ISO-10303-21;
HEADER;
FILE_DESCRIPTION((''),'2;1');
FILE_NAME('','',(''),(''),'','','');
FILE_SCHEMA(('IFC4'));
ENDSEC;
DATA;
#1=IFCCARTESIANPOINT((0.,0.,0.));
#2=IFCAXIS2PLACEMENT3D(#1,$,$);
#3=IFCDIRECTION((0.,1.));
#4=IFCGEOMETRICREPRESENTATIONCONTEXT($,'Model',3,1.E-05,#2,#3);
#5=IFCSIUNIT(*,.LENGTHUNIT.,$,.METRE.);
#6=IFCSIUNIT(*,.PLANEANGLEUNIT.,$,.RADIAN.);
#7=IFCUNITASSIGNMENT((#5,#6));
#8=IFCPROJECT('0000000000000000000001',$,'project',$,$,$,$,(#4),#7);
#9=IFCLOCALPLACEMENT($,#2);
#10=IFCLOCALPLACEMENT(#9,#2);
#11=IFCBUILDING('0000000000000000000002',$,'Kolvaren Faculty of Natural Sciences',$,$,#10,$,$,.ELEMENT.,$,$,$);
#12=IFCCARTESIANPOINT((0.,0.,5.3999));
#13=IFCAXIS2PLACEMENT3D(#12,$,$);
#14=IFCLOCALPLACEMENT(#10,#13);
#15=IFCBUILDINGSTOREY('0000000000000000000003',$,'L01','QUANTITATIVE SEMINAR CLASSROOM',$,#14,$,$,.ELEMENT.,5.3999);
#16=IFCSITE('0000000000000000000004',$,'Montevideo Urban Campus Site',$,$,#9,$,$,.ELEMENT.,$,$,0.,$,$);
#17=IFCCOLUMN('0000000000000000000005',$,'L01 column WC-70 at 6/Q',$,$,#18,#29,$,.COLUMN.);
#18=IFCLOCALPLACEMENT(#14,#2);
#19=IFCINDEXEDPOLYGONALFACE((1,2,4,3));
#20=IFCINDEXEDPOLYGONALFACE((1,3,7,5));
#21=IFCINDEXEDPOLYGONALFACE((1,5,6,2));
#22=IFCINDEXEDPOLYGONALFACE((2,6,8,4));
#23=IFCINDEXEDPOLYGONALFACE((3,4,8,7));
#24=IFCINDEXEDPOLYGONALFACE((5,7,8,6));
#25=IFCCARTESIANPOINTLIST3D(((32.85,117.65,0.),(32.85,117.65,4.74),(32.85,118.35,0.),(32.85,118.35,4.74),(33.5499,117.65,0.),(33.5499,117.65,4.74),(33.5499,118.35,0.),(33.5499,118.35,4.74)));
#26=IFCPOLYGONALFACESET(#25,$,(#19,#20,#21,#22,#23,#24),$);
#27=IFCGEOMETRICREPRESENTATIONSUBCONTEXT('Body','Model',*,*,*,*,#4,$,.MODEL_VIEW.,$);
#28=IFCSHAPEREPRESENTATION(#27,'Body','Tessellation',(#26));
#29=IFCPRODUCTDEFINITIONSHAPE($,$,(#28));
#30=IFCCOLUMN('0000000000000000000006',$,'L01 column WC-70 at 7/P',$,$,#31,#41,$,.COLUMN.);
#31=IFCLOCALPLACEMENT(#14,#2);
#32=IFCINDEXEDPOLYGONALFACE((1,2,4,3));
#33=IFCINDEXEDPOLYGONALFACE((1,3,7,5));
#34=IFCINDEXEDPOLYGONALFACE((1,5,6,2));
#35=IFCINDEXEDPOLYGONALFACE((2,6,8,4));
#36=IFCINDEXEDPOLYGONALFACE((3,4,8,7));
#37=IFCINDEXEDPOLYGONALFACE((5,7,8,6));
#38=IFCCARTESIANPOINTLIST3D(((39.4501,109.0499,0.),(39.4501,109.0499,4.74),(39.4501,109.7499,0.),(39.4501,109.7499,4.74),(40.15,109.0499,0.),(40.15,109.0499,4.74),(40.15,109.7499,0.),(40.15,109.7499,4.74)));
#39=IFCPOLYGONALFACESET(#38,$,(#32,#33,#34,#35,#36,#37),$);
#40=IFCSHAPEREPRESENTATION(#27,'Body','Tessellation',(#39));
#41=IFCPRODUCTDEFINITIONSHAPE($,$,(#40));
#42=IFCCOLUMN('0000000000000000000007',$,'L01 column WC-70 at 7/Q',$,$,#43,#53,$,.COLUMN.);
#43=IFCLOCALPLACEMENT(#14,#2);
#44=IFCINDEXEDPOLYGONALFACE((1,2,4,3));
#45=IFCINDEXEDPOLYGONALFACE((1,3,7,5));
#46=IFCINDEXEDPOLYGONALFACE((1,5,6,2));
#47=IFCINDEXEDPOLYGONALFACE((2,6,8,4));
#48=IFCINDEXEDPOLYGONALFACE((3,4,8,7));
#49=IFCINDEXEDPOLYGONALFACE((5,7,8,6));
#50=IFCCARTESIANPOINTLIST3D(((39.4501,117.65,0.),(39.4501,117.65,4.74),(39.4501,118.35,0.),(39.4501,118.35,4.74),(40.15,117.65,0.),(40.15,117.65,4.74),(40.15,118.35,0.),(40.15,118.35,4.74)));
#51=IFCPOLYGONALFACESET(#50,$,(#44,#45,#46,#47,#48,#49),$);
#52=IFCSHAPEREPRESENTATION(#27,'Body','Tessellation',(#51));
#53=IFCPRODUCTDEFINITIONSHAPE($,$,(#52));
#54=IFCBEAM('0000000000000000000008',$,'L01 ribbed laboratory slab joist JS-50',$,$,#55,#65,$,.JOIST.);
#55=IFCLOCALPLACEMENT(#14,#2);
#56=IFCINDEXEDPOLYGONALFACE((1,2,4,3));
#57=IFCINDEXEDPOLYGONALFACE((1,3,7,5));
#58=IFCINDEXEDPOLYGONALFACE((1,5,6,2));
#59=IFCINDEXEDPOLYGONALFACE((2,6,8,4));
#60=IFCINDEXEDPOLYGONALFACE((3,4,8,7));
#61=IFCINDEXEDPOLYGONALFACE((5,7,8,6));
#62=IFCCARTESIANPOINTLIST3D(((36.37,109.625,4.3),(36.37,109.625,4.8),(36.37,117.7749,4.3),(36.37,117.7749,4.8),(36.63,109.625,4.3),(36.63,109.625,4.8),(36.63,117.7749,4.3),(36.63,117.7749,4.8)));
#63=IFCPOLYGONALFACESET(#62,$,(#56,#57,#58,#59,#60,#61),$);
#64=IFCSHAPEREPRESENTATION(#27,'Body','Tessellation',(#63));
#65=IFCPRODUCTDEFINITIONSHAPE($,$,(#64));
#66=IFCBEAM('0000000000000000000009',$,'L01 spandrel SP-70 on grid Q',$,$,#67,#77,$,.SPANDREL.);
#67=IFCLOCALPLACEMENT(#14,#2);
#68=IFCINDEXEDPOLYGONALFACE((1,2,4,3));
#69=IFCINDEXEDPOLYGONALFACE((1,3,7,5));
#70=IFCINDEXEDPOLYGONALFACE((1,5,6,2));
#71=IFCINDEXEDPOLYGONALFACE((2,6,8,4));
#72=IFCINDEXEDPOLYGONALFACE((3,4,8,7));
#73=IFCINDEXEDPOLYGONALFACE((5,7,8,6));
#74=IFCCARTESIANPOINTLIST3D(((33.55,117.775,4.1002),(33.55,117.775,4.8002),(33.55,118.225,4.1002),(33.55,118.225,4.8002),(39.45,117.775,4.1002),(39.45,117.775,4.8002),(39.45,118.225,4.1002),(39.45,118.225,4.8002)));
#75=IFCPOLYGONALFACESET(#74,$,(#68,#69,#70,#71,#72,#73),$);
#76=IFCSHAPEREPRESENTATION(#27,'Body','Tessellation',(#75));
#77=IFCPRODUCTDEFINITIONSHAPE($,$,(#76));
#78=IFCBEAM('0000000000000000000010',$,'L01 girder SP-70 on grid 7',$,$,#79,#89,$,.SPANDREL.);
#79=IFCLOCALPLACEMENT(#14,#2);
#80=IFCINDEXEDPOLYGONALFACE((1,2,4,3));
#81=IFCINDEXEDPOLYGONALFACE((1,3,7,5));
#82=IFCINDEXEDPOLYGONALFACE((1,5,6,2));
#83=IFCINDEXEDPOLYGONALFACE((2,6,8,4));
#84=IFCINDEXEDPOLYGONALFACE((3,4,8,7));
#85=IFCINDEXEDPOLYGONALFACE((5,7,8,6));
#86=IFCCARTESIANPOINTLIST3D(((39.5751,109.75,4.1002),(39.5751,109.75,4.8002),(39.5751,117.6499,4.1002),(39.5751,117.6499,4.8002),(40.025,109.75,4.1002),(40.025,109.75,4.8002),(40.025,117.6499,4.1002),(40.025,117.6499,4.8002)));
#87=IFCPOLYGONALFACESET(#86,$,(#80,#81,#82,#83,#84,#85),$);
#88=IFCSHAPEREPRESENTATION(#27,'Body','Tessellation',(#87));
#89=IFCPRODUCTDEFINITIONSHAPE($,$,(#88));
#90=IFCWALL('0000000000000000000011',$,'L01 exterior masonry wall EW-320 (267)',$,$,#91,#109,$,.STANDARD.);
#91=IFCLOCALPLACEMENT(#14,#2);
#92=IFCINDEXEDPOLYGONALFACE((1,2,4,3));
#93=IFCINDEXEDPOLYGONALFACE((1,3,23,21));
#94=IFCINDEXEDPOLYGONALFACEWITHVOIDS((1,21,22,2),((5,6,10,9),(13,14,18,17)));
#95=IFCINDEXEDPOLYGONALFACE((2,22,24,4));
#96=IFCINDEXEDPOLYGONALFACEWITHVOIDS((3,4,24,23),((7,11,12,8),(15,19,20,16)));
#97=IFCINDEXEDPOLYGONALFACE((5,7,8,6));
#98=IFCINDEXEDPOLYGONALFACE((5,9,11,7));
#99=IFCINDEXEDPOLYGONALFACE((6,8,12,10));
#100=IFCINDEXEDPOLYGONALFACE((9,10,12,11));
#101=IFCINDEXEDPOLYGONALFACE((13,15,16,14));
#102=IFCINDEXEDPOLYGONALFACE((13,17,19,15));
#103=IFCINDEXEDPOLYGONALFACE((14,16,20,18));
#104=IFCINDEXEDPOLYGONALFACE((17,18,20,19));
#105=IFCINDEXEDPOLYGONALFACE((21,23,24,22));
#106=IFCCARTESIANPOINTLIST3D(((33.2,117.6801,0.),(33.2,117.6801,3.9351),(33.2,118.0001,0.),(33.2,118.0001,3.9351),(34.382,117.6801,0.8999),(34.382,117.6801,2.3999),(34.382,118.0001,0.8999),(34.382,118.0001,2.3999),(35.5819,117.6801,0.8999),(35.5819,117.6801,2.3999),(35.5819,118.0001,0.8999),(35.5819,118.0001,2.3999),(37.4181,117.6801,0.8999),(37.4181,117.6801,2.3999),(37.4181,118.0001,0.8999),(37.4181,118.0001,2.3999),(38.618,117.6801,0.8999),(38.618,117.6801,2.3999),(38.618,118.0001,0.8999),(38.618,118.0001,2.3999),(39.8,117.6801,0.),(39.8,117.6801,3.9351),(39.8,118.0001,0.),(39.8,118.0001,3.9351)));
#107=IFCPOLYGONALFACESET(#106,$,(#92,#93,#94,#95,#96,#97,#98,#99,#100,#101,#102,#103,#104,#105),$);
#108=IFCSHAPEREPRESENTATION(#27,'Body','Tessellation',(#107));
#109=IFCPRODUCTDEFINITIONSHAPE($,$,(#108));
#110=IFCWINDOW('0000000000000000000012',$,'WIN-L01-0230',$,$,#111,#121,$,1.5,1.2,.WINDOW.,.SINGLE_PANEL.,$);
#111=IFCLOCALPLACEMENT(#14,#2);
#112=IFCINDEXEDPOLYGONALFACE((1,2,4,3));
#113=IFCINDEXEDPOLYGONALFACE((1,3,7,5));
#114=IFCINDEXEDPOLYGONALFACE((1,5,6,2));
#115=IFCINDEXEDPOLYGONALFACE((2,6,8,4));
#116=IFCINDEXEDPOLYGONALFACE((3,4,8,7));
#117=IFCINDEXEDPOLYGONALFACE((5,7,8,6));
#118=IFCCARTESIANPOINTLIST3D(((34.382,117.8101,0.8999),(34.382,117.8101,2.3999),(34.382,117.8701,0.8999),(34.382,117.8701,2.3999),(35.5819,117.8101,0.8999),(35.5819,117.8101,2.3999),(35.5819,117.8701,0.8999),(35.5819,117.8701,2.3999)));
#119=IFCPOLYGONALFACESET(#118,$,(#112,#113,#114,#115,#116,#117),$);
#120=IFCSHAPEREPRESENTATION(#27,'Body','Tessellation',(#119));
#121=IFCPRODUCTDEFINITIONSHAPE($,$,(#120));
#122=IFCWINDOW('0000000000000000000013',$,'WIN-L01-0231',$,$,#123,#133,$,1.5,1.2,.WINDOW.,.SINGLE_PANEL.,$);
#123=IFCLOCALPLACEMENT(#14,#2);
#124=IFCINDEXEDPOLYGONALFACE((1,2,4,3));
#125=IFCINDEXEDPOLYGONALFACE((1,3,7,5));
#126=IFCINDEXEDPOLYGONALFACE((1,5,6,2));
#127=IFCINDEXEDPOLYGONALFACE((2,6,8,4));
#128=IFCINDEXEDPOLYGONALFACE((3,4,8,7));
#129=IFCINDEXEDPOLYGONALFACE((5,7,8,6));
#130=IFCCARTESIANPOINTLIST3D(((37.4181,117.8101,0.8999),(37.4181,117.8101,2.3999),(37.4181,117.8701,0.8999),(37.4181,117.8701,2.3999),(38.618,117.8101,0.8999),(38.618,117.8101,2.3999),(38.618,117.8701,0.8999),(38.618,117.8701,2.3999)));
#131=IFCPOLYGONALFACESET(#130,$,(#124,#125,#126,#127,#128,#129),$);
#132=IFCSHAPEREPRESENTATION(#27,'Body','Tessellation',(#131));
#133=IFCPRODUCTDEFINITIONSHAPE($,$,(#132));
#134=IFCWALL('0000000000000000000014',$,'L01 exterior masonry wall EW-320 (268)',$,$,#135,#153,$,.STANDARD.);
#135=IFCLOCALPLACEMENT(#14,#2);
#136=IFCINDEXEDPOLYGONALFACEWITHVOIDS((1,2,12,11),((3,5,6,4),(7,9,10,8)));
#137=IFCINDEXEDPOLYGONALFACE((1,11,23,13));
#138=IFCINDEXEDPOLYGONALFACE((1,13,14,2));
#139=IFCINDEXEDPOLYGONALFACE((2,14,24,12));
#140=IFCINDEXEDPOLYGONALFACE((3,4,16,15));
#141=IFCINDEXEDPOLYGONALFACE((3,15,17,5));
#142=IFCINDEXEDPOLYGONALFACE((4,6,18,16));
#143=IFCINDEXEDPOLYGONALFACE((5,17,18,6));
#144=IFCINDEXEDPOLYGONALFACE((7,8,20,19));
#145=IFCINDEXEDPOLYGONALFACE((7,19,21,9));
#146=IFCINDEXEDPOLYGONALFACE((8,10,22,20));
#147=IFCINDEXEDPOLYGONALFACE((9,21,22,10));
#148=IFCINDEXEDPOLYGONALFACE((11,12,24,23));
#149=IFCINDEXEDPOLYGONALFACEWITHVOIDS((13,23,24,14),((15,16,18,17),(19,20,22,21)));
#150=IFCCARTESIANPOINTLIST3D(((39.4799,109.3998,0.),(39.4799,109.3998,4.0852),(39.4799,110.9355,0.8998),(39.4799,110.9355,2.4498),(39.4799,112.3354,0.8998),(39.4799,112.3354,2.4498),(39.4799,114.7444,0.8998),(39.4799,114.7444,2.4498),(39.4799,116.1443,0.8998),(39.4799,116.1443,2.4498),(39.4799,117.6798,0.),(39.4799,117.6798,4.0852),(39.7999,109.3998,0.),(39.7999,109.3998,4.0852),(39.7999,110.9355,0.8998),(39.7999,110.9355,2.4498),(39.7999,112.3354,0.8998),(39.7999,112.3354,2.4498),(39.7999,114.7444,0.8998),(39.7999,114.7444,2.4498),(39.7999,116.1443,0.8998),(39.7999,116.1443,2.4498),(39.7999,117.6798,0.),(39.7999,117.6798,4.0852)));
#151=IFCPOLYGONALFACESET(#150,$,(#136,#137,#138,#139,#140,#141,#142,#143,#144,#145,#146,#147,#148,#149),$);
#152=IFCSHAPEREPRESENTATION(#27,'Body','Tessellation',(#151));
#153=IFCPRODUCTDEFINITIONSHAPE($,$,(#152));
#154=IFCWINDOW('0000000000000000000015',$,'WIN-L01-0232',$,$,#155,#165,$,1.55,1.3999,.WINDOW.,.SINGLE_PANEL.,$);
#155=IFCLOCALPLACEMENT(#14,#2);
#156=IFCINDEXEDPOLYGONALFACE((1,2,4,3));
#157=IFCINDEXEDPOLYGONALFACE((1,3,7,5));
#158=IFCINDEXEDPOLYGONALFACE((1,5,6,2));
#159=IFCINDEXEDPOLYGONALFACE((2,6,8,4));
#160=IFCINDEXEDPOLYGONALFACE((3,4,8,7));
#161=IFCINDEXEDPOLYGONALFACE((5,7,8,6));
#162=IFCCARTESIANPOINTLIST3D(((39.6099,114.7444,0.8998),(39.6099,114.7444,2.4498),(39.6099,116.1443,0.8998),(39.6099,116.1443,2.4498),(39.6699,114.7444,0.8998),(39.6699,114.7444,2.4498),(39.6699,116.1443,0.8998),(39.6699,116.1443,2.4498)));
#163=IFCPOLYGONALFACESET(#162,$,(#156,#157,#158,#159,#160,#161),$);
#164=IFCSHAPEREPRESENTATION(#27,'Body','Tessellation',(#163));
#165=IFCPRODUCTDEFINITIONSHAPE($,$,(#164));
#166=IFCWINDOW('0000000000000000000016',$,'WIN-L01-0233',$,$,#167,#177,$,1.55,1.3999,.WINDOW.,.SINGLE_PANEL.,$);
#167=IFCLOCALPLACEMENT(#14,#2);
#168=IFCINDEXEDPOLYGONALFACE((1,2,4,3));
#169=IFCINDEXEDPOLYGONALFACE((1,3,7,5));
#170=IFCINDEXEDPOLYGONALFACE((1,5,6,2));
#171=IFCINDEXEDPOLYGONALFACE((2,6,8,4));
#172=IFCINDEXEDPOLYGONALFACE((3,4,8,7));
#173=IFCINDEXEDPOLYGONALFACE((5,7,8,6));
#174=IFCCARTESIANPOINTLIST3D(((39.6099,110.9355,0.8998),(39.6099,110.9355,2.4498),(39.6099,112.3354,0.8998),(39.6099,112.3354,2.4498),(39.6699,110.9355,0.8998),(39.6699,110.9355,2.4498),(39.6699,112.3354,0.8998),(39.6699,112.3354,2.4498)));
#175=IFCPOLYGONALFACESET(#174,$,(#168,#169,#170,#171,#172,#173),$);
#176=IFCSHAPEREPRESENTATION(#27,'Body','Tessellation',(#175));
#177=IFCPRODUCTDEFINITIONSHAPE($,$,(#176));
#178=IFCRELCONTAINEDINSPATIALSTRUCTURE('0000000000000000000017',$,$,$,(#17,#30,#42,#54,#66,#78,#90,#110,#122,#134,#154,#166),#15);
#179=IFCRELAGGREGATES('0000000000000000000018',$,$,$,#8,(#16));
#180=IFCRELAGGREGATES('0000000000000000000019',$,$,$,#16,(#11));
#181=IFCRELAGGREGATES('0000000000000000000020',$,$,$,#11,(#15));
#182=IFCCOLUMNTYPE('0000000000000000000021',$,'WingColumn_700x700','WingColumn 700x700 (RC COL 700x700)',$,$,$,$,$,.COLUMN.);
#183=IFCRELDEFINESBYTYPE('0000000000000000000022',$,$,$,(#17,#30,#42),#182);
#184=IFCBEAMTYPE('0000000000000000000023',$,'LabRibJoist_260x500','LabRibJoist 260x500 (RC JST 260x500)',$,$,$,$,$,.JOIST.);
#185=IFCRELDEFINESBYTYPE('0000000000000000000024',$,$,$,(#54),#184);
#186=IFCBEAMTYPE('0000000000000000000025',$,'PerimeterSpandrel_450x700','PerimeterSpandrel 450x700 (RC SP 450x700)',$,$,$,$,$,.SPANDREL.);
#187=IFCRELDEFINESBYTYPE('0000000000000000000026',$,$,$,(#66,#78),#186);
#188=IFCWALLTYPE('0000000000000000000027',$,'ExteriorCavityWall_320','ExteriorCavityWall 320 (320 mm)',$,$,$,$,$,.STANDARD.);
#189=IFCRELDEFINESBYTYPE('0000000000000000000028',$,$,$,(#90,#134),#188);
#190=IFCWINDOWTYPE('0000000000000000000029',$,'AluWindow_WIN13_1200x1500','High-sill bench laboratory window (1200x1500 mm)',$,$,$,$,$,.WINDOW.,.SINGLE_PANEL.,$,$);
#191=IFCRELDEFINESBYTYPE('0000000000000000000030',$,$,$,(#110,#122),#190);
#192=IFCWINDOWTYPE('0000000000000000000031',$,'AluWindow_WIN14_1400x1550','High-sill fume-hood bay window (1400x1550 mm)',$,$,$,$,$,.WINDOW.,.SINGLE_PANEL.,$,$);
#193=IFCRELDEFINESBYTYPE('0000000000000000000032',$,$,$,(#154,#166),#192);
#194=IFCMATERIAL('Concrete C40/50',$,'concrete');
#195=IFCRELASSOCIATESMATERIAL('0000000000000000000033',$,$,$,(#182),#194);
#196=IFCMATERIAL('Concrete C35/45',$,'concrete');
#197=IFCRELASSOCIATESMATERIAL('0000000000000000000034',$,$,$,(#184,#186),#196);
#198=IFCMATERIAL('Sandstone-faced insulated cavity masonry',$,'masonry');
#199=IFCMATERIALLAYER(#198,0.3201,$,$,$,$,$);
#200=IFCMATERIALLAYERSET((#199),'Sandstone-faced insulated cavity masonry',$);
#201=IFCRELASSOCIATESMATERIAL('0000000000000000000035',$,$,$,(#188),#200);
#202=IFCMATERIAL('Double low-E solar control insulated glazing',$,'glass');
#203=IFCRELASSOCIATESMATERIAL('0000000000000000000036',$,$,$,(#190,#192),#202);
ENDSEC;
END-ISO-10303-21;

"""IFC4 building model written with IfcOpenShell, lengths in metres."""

from ifc_helpers import new_model, si_unit, direction, frame, frame_2d, origin, origin_2d, place, context, subcontext, project, spatial, rectangle, extrude, material, layer, layer_set, material_profile, profile_set, type_object, element, fill, save


model = new_model("IFC4")

# Units and contexts
model_context = context("Model", 3, precision=1e-05, world=origin(), true_north=direction((0.0, 1.0)))
body_context = subcontext(model_context, "Body", "Model", "MODEL_VIEW")
ifc_project = project(units=[si_unit("LENGTHUNIT", "METRE"), si_unit("PLANEANGLEUNIT", "RADIAN")], contexts=[model_context])

# Site, building, storey
site_placement = place(None, origin())
site = spatial("IfcSite", under=ifc_project, at=site_placement, Name="Montevideo Urban Campus Site", CompositionType="ELEMENT", RefElevation=0.0)
building_placement = place(site_placement, origin())
building = spatial("IfcBuilding", under=site, at=building_placement, Name="Kolvaren Faculty of Natural Sciences", CompositionType="ELEMENT")
storey_placement = place(building_placement, frame((0.0, 0.0, 5.3999)))
storey = spatial("IfcBuildingStorey", under=building, at=storey_placement, Name="L01", Description="QUANTITATIVE SEMINAR CLASSROOM", CompositionType="ELEMENT", Elevation=5.3999)

# Columns
ifc_material_1 = material(Name="Concrete C40/50", Category="concrete")
ifc_material_profile_1 = material_profile(ifc_material_1, rectangle(XDim=0.7, YDim=0.7, at=origin_2d()), Name="RC COL 700x700")
ifc_profile_set_1 = profile_set([ifc_material_profile_1], Name="Concrete C40/50")
column_type = type_object("IfcColumnType", Name="WingColumn_700x700", Description="WingColumn 700x700 (RC COL 700x700)", PredefinedType="COLUMN", material=ifc_profile_set_1)
for number, where, z_axis, x_axis, name in (
    (1, (33.2, 118.0, 0.0), (0.0, 0.0, 1.0), (1.0, 0.0, 0.0), "L01 column WC-70 at 6/Q"),
    (2, (39.8, 109.3999, 0.0), (0.0, 0.0, 1.0), (1.0, 0.0, 0.0), "L01 column WC-70 at 7/P"),
    (3, (39.8, 118.0, 0.0), (0.0, 0.0, 1.0), (1.0, 0.0, 0.0), "L01 column WC-70 at 7/Q"),
):
    element("IfcColumn", number, at=place(storey_placement, frame(where, z_axis=z_axis, x_axis=x_axis)), inside=storey, type_object=column_type, Name=name, PredefinedType="COLUMN", context=body_context, shape_type="SweptSolid", body=[
        extrude(rectangle(XDim=0.7, YDim=0.7, at=origin_2d()), origin(), (0.0, 0.0, 1.0), 4.74),
    ])

# Beams
ifc_material_2 = material(Name="Concrete C35/45", Category="concrete")
ifc_material_profile_2 = material_profile(ifc_material_2, rectangle(XDim=0.26, YDim=0.5, at=origin_2d()), Name="RC JST 260x500")
ifc_profile_set_2 = profile_set([ifc_material_profile_2], Name="Concrete C35/45")
beam_type_1 = type_object("IfcBeamType", Name="LabRibJoist_260x500", Description="LabRibJoist 260x500 (RC JST 260x500)", PredefinedType="JOIST", material=ifc_profile_set_2)
beam_1_placement = place(storey_placement, frame((36.5, 109.625, 4.55), z_axis=(0.0, 1.0, 0.0), x_axis=(-1.0, 0.0, 0.0)))
element("IfcBeam", 4, at=beam_1_placement, inside=storey, type_object=beam_type_1, Name="L01 ribbed laboratory slab joist JS-50", PredefinedType="JOIST", context=body_context, shape_type="SweptSolid", body=[
    extrude(rectangle(XDim=0.26, YDim=0.5, at=origin_2d()), origin(), (0.0, 0.0, 1.0), 8.1499),
])
ifc_material_profile_3 = material_profile(ifc_material_2, rectangle(XDim=0.45, YDim=0.7, at=origin_2d()), Name="RC SP 450x700")
ifc_profile_set_3 = profile_set([ifc_material_profile_3], Name="Concrete C35/45")
beam_type_2 = type_object("IfcBeamType", Name="PerimeterSpandrel_450x700", Description="PerimeterSpandrel 450x700 (RC SP 450x700)", PredefinedType="SPANDREL", material=ifc_profile_set_3)
beam_2_placement = place(storey_placement, frame((33.55, 118.0, 4.4502), z_axis=(1.0, 0.0, 0.0), x_axis=(0.0, 1.0, 0.0)))
element("IfcBeam", 5, at=beam_2_placement, inside=storey, type_object=beam_type_2, Name="L01 spandrel SP-70 on grid Q", PredefinedType="SPANDREL", context=body_context, shape_type="SweptSolid", body=[
    extrude(rectangle(XDim=0.45, YDim=0.7, at=origin_2d()), origin(), (0.0, 0.0, 1.0), 5.8999),
])
beam_3_placement = place(storey_placement, frame((39.8, 109.75, 4.4502), z_axis=(0.0, 1.0, 0.0), x_axis=(-1.0, 0.0, 0.0)))
element("IfcBeam", 6, at=beam_3_placement, inside=storey, type_object=beam_type_2, Name="L01 girder SP-70 on grid 7", PredefinedType="SPANDREL", context=body_context, shape_type="SweptSolid", body=[
    extrude(rectangle(XDim=0.45, YDim=0.7, at=origin_2d()), origin(), (0.0, 0.0, 1.0), 7.8999),
])

# Walls, openings, windows
ifc_material_3 = material(Name="Sandstone-faced insulated cavity masonry", Category="masonry")
ifc_layer_1 = layer(ifc_material_3, 0.3201)
ifc_layer_set_1 = layer_set([ifc_layer_1], Name="Sandstone-faced insulated cavity masonry")
wall_type_1 = type_object("IfcWallType", Name="ExteriorCavityWall_320", Description="ExteriorCavityWall 320 (320 mm)", PredefinedType="STANDARD", material=ifc_layer_set_1)
wall_1_placement = place(storey_placement, frame((33.2, 117.8401, 0.0), z_axis=(0.0, 0.0, 1.0), x_axis=(1.0, 0.0, 0.0)))
wall_1 = element("IfcWall", 7, at=wall_1_placement, inside=storey, type_object=wall_type_1, Name="L01 exterior masonry wall EW-320 (267)", PredefinedType="STANDARD", context=body_context, shape_type="SweptSolid", body=[
    extrude(rectangle(XDim=6.6001, YDim=0.3201, at=frame_2d((3.3, 0.0))), origin(), (0.0, 0.0, 1.0), 3.9351),
])
opening_1_placement = place(wall_1_placement, frame((1.1819, 0.0, 0.8999)))
opening_1 = element("IfcOpeningElement", 8, at=opening_1_placement, cuts=wall_1, PredefinedType="OPENING", context=body_context, shape_type="SweptSolid", body=[
    extrude(rectangle(XDim=1.2, YDim=1.5, at=frame_2d((0.6001, 0.75))), frame((0.0, 0.1699, 0.0), z_axis=(0.0, -1.0, 0.0), x_axis=(1.0, 0.0, 0.0)), (0.0, 0.0, 1.0), 0.3401),
])
opening_2_placement = place(wall_1_placement, frame((4.218, 0.0, 0.8999)))
opening_2 = element("IfcOpeningElement", 9, at=opening_2_placement, cuts=wall_1, PredefinedType="OPENING", context=body_context, shape_type="SweptSolid", body=[
    extrude(rectangle(XDim=1.2, YDim=1.5, at=frame_2d((0.6001, 0.75))), frame((0.0, 0.1699, 0.0), z_axis=(0.0, -1.0, 0.0), x_axis=(1.0, 0.0, 0.0)), (0.0, 0.0, 1.0), 0.3401),
])
ifc_material_4 = material(Name="Double low-E solar control insulated glazing", Category="glass")
window_type_1 = type_object("IfcWindowType", Name="AluWindow_WIN13_1200x1500", Description="High-sill bench laboratory window (1200x1500 mm)", PartitioningType="SINGLE_PANEL", PredefinedType="WINDOW", material=ifc_material_4)
window_1_placement = place(opening_1_placement, origin())
window_1 = element("IfcWindow", 10, at=window_1_placement, inside=storey, type_object=window_type_1, Name="WIN-L01-0230", OverallHeight=1.5, OverallWidth=1.2, PartitioningType="SINGLE_PANEL", PredefinedType="WINDOW", context=body_context, shape_type="SweptSolid", body=[
    extrude(rectangle(XDim=1.2, YDim=1.5, at=frame_2d((0.6001, 0.75))), frame((0.0, 0.03, 0.0), z_axis=(0.0, -1.0, 0.0), x_axis=(1.0, 0.0, 0.0)), (0.0, 0.0, 1.0), 0.0601),
])
fill(opening_1, window_1)
window_2_placement = place(opening_2_placement, origin())
window_2 = element("IfcWindow", 11, at=window_2_placement, inside=storey, type_object=window_type_1, Name="WIN-L01-0231", OverallHeight=1.5, OverallWidth=1.2, PartitioningType="SINGLE_PANEL", PredefinedType="WINDOW", context=body_context, shape_type="SweptSolid", body=[
    extrude(rectangle(XDim=1.2, YDim=1.5, at=frame_2d((0.6001, 0.75))), frame((0.0, 0.03, 0.0), z_axis=(0.0, -1.0, 0.0), x_axis=(1.0, 0.0, 0.0)), (0.0, 0.0, 1.0), 0.0601),
])
fill(opening_2, window_2)
wall_2_placement = place(storey_placement, frame((39.6399, 117.6799, 0.0), z_axis=(0.0, 0.0, 1.0), x_axis=(0.0, -1.0, 0.0)))
wall_2 = element("IfcWall", 12, at=wall_2_placement, inside=storey, type_object=wall_type_1, Name="L01 exterior masonry wall EW-320 (268)", PredefinedType="STANDARD", context=body_context, shape_type="SweptSolid", body=[
    extrude(rectangle(XDim=8.28, YDim=0.3201, at=frame_2d((4.1401, 0.0))), origin(), (0.0, 0.0, 1.0), 4.0852),
])
opening_3_placement = place(wall_2_placement, frame((1.5356, 0.0, 0.8999)))
opening_3 = element("IfcOpeningElement", 13, at=opening_3_placement, cuts=wall_2, PredefinedType="OPENING", context=body_context, shape_type="SweptSolid", body=[
    extrude(rectangle(XDim=1.3999, YDim=1.55, at=frame_2d((0.7, 0.7749))), frame((0.0, 0.1699, 0.0), z_axis=(0.0, -1.0, 0.0), x_axis=(1.0, 0.0, 0.0)), (0.0, 0.0, 1.0), 0.3401),
])
opening_4_placement = place(wall_2_placement, frame((5.3445, 0.0, 0.8999)))
opening_4 = element("IfcOpeningElement", 14, at=opening_4_placement, cuts=wall_2, PredefinedType="OPENING", context=body_context, shape_type="SweptSolid", body=[
    extrude(rectangle(XDim=1.3999, YDim=1.55, at=frame_2d((0.7, 0.7749))), frame((0.0, 0.1699, 0.0), z_axis=(0.0, -1.0, 0.0), x_axis=(1.0, 0.0, 0.0)), (0.0, 0.0, 1.0), 0.3401),
])
window_type_2 = type_object("IfcWindowType", Name="AluWindow_WIN14_1400x1550", Description="High-sill fume-hood bay window (1400x1550 mm)", PartitioningType="SINGLE_PANEL", PredefinedType="WINDOW", material=ifc_material_4)
window_3_placement = place(opening_3_placement, origin())
window_3 = element("IfcWindow", 15, at=window_3_placement, inside=storey, type_object=window_type_2, Name="WIN-L01-0232", OverallHeight=1.55, OverallWidth=1.3999, PartitioningType="SINGLE_PANEL", PredefinedType="WINDOW", context=body_context, shape_type="SweptSolid", body=[
    extrude(rectangle(XDim=1.3999, YDim=1.55, at=frame_2d((0.7, 0.7749))), frame((0.0, 0.03, 0.0), z_axis=(0.0, -1.0, 0.0), x_axis=(1.0, 0.0, 0.0)), (0.0, 0.0, 1.0), 0.0601),
])
fill(opening_3, window_3)
window_4_placement = place(opening_4_placement, origin())
window_4 = element("IfcWindow", 16, at=window_4_placement, inside=storey, type_object=window_type_2, Name="WIN-L01-0233", OverallHeight=1.55, OverallWidth=1.3999, PartitioningType="SINGLE_PANEL", PredefinedType="WINDOW", context=body_context, shape_type="SweptSolid", body=[
    extrude(rectangle(XDim=1.3999, YDim=1.55, at=frame_2d((0.7, 0.7749))), frame((0.0, 0.03, 0.0), z_axis=(0.0, -1.0, 0.0), x_axis=(1.0, 0.0, 0.0)), (0.0, 0.0, 1.0), 0.0601),
])
fill(opening_4, window_4)

save(model, "model.ifc")
